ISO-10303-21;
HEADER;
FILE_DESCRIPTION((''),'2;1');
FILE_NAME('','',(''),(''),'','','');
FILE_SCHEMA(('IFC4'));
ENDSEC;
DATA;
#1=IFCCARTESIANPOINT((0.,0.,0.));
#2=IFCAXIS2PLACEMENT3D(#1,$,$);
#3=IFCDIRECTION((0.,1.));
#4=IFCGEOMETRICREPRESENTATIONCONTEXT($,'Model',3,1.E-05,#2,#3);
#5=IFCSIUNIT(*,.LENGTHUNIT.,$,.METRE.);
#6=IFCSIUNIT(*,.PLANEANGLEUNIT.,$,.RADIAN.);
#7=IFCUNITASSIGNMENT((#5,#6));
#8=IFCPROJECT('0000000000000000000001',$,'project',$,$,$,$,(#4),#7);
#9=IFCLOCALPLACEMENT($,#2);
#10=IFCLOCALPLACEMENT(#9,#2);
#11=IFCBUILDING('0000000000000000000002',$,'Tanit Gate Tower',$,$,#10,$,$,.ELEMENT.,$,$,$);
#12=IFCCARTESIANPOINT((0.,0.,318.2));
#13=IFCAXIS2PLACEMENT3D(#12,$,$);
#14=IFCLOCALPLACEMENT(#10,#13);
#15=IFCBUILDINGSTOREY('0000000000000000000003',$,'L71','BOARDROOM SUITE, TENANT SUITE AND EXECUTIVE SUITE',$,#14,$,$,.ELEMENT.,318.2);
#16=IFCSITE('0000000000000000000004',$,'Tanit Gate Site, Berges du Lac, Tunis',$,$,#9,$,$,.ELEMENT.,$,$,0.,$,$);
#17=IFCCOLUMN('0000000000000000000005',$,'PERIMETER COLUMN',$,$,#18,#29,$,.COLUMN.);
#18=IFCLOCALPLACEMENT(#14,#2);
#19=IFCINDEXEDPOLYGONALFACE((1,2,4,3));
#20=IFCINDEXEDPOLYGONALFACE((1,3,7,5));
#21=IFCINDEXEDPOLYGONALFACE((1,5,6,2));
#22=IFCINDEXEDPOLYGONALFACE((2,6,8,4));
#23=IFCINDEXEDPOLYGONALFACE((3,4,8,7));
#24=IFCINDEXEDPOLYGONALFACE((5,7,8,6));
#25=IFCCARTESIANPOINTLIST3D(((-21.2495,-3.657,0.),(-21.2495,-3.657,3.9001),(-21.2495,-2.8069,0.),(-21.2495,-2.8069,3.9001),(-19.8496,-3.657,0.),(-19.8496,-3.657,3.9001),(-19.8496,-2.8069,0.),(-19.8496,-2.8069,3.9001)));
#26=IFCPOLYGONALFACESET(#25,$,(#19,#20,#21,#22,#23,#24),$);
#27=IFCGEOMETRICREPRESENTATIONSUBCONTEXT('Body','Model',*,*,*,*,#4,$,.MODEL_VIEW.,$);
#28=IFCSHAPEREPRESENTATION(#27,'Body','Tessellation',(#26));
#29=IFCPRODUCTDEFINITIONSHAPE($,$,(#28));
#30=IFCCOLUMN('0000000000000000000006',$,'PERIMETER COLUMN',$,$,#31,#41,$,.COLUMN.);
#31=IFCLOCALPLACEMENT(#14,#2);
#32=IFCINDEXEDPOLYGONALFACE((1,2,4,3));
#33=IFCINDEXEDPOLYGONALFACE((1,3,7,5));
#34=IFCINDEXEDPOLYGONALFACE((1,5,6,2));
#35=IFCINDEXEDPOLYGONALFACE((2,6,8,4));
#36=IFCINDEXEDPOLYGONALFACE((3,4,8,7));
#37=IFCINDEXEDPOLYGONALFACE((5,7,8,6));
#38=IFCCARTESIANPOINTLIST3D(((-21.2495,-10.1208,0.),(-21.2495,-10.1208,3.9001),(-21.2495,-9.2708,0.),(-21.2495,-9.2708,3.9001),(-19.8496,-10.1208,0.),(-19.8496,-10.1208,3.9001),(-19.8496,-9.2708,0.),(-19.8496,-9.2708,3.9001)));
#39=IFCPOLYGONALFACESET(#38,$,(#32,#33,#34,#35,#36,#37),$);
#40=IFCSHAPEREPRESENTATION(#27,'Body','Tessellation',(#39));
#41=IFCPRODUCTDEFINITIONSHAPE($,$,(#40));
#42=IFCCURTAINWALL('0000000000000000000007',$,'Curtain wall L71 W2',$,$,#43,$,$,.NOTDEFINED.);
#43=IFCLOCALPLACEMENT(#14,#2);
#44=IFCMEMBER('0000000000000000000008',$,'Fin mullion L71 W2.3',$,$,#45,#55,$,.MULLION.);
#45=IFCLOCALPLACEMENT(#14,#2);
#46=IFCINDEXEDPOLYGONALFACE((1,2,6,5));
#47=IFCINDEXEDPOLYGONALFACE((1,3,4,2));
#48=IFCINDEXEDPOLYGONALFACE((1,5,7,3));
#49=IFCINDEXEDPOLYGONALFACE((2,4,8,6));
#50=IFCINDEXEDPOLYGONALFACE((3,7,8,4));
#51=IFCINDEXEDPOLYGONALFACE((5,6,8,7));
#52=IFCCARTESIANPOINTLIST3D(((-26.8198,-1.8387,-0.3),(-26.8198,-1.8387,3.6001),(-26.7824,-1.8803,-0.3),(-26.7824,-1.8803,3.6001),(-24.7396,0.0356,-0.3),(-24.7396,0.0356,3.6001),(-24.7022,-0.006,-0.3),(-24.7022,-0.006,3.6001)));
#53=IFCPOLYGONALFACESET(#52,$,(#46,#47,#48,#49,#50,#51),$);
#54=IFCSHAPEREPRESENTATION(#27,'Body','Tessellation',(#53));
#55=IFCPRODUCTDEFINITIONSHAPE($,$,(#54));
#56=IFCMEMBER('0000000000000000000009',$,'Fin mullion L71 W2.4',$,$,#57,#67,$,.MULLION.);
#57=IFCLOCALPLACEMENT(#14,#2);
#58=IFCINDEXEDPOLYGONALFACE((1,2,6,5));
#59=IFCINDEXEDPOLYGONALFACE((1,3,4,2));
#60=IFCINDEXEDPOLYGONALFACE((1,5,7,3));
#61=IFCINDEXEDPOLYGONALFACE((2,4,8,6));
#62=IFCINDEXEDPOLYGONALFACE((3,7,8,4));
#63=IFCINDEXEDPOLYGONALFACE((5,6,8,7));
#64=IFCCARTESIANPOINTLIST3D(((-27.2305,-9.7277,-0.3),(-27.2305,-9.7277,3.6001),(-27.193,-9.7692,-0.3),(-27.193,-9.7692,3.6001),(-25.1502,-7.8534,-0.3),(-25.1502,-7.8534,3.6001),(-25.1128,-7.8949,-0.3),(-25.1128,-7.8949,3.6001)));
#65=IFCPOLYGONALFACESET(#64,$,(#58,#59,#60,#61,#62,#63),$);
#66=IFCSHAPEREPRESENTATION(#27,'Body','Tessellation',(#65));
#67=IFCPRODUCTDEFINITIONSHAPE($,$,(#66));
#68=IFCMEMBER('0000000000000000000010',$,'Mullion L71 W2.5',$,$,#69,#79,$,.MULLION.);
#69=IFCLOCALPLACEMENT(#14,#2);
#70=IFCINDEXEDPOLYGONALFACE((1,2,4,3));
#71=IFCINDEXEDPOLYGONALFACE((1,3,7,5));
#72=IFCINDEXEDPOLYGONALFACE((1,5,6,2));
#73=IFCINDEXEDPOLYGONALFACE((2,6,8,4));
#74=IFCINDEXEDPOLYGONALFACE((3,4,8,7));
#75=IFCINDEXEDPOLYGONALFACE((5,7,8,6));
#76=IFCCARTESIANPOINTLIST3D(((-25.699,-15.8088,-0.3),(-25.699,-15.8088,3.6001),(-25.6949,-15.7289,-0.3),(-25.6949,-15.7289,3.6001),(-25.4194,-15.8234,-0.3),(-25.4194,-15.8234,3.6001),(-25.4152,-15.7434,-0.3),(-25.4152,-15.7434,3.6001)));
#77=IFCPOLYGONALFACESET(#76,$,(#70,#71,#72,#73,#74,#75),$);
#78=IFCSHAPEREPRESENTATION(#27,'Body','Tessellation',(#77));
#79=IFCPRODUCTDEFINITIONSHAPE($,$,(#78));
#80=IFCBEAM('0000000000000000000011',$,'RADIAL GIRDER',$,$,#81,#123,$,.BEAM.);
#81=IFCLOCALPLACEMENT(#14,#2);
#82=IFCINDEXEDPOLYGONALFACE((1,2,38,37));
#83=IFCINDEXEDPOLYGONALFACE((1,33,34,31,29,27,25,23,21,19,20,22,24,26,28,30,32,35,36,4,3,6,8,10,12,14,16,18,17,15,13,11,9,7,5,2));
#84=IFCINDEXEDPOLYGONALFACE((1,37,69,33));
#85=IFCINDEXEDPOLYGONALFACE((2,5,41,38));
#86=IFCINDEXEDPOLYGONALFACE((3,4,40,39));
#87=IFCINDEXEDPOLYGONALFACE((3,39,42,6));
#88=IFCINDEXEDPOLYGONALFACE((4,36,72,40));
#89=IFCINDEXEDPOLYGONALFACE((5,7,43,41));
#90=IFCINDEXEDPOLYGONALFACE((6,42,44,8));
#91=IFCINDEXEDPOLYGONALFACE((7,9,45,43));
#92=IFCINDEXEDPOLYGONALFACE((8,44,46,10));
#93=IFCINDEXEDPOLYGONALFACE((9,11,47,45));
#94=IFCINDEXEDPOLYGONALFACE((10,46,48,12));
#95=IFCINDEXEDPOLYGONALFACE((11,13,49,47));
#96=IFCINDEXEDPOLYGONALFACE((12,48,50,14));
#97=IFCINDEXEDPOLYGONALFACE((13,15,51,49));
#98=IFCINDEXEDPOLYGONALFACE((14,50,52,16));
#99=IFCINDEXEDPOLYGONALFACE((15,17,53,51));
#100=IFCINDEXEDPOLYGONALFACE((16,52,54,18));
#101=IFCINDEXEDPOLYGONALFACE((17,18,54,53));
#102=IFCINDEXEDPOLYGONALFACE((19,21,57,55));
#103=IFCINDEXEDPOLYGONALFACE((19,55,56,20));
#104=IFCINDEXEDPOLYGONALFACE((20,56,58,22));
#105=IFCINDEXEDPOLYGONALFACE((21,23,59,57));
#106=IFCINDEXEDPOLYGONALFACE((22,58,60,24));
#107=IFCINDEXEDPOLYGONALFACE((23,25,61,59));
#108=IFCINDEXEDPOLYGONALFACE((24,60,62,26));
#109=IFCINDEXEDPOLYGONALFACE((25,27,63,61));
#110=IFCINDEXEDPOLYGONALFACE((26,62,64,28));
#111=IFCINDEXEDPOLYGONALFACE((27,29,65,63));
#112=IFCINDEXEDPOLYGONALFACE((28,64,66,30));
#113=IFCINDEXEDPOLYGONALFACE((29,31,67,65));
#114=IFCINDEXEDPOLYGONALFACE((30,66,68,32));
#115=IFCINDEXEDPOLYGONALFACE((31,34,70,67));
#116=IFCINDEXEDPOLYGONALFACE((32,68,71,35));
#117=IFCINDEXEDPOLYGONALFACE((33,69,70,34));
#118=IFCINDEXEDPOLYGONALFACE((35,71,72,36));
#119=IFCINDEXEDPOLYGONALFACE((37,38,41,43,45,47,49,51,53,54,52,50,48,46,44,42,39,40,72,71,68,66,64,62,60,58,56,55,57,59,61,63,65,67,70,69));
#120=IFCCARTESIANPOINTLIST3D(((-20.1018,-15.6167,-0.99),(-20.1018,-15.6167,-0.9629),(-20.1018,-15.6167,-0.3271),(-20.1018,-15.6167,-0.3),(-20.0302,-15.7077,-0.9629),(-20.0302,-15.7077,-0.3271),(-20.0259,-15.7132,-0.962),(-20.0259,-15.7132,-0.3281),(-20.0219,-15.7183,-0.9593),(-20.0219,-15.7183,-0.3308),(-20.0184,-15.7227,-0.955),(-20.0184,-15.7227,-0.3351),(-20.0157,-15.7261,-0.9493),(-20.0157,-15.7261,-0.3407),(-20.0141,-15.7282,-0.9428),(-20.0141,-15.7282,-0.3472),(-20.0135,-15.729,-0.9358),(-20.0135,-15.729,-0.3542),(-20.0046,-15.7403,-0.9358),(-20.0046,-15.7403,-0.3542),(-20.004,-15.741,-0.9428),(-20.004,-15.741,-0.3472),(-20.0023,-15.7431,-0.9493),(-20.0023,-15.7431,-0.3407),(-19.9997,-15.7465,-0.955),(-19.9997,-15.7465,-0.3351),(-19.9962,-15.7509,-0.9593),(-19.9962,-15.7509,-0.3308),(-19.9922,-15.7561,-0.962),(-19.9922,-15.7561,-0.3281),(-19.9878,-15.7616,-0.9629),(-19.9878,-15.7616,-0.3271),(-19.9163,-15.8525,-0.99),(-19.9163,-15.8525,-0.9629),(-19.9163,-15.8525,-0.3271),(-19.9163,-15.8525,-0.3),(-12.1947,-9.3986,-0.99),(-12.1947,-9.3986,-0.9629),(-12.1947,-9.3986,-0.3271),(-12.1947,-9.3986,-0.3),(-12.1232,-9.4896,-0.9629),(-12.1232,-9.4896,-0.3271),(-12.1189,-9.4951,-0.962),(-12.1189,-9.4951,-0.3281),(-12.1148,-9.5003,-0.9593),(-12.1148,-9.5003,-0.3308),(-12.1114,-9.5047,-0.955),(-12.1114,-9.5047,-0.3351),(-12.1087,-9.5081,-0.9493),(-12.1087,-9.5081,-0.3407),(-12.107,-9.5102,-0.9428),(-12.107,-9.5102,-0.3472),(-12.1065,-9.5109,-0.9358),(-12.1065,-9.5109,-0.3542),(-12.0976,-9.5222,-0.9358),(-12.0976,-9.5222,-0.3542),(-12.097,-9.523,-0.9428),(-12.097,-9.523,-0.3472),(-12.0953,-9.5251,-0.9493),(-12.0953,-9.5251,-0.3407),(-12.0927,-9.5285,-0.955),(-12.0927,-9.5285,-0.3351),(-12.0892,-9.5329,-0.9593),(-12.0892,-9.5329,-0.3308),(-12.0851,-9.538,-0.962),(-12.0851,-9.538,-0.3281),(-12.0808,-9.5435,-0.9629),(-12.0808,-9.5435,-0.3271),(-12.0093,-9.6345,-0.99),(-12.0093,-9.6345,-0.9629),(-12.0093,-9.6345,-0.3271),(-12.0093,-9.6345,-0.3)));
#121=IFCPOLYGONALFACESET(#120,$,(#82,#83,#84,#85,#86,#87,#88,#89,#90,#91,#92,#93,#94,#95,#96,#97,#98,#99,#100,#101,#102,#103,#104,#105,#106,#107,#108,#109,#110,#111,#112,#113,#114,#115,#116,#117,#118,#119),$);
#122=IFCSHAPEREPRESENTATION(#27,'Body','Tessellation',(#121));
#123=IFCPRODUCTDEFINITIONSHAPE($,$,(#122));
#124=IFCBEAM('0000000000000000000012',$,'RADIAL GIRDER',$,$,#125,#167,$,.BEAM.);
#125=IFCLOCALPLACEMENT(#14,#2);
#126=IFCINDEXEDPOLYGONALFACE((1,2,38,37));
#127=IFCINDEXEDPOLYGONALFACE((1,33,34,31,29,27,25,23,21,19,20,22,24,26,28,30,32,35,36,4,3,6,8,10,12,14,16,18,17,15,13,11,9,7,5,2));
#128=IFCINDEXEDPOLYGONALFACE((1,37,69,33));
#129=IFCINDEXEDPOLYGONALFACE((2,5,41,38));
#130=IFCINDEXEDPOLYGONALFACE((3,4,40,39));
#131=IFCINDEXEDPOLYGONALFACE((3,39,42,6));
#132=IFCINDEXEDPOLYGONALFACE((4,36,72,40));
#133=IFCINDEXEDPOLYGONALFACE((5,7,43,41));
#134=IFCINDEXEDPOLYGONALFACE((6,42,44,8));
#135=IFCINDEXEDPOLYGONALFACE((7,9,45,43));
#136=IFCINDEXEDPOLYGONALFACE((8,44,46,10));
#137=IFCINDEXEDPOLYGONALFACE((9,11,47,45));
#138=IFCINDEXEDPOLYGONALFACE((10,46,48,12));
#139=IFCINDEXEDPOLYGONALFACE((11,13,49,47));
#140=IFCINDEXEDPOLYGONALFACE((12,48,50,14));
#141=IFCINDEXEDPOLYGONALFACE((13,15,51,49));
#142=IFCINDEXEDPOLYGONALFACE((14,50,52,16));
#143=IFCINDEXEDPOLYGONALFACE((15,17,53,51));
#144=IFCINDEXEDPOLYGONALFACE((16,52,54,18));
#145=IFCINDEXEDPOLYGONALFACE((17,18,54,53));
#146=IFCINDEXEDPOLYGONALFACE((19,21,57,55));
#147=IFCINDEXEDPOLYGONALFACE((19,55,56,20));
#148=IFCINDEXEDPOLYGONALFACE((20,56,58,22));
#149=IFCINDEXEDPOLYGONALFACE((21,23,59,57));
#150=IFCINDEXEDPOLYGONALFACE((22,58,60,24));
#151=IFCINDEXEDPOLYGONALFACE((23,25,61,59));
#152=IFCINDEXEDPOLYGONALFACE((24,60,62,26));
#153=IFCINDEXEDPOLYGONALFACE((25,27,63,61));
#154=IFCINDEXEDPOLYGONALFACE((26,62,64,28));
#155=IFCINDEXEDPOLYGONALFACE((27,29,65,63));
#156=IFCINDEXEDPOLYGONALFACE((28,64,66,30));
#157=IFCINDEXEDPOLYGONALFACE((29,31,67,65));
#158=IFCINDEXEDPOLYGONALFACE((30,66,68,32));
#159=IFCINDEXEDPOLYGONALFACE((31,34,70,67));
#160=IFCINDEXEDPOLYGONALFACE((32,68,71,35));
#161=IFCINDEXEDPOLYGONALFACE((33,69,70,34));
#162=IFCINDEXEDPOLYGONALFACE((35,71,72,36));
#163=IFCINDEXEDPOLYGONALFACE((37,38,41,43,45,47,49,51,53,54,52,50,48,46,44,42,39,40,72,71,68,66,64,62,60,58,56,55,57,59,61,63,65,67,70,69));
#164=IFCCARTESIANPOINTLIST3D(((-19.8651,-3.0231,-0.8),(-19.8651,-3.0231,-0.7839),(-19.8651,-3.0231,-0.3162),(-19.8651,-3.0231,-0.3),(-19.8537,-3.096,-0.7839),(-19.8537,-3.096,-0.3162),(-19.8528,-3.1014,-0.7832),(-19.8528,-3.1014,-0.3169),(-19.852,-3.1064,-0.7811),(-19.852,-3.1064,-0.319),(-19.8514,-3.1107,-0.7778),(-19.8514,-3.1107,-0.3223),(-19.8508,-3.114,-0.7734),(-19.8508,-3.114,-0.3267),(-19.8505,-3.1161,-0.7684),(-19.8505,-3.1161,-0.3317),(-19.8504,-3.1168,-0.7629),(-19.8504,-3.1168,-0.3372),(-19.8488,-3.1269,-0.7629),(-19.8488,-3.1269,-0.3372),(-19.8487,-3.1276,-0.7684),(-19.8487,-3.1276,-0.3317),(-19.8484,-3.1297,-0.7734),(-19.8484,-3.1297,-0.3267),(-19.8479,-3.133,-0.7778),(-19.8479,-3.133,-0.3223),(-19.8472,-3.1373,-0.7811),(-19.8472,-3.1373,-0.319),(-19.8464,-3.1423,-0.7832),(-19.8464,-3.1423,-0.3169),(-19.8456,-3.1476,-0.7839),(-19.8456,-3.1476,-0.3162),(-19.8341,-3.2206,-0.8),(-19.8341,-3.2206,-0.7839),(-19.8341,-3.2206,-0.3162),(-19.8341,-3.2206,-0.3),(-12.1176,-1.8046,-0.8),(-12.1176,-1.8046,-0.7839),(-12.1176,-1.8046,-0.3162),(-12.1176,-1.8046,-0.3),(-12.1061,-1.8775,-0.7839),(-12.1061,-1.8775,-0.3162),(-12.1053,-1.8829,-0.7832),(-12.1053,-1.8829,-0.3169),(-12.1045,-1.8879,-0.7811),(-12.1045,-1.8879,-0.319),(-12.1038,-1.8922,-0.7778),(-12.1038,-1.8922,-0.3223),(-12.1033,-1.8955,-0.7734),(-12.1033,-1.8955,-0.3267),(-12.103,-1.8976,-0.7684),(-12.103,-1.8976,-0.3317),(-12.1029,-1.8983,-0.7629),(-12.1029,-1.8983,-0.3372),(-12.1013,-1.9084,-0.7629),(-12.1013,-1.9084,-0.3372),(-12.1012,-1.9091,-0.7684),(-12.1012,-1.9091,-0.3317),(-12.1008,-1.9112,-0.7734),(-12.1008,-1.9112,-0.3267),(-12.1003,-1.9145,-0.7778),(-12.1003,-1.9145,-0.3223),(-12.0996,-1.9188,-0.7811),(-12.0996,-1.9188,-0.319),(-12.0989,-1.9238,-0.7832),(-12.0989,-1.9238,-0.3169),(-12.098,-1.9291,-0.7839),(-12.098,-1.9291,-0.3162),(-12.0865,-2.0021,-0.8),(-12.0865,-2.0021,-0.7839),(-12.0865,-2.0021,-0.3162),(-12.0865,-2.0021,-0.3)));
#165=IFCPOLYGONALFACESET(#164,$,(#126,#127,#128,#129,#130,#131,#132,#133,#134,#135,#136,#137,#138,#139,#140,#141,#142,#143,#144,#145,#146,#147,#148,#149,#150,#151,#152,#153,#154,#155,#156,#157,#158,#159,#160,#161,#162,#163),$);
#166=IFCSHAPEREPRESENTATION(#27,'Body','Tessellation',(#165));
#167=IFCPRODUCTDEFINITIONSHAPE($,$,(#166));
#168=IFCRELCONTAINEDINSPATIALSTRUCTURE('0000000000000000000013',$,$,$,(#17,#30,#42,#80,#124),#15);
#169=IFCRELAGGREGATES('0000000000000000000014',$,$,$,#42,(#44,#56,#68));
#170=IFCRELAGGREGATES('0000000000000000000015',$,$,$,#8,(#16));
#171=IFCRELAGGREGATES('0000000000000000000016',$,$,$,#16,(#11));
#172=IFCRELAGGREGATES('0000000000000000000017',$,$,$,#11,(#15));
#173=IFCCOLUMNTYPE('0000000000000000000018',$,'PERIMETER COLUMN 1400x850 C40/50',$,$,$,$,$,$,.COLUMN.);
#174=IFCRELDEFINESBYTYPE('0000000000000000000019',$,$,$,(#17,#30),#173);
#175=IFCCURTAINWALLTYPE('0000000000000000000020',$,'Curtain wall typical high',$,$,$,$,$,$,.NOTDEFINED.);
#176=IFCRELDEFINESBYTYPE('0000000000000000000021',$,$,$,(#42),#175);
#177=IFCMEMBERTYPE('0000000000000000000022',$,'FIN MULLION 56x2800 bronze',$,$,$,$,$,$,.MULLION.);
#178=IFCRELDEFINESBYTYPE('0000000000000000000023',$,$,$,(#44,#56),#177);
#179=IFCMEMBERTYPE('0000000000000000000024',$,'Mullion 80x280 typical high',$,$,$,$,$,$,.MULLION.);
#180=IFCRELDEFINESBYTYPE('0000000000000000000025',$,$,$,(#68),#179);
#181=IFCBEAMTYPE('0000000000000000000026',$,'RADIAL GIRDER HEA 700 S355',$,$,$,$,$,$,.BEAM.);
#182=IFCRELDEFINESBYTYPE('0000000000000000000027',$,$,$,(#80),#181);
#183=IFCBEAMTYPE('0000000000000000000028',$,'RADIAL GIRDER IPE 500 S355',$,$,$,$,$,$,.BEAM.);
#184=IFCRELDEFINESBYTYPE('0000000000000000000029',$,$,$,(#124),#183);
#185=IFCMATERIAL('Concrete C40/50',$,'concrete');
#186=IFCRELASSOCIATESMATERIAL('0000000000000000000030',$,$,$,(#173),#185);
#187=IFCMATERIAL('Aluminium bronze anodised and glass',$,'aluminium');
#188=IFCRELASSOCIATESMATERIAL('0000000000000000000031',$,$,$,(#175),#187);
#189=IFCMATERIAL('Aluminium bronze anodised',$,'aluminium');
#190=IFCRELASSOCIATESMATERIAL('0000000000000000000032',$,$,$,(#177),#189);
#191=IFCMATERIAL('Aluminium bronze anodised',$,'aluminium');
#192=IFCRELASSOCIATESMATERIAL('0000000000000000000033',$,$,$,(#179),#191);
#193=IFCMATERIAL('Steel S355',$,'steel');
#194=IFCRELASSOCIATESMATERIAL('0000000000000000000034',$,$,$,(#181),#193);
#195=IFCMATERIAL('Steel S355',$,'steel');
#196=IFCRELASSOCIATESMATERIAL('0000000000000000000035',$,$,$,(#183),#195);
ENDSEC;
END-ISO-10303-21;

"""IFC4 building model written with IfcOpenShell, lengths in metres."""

from ifc_helpers import new_model, si_unit, direction, frame, origin, origin_2d, place, context, subcontext, project, spatial, rectangle, i_section, extrude, material, material_profile, profile_set, type_object, element, aggregate, save


model = new_model("IFC4")

# Units and contexts
model_context = context("Model", 3, precision=1e-05, world=origin(), true_north=direction((0.0, 1.0)))
body_context = subcontext(model_context, "Body", "Model", "MODEL_VIEW")
ifc_project = project(units=[si_unit("LENGTHUNIT", "METRE"), si_unit("PLANEANGLEUNIT", "RADIAN")], contexts=[model_context])

# Site, building, storey
site_placement = place(None, origin())
site = spatial("IfcSite", under=ifc_project, at=site_placement, Name="Tanit Gate Site, Berges du Lac, Tunis", CompositionType="ELEMENT", RefElevation=0.0)
building_placement = place(site_placement, origin())
building = spatial("IfcBuilding", under=site, at=building_placement, Name="Tanit Gate Tower", CompositionType="ELEMENT")
storey_placement = place(building_placement, frame((0.0, 0.0, 318.2)))
storey = spatial("IfcBuildingStorey", under=building, at=storey_placement, Name="L71", Description="BOARDROOM SUITE, TENANT SUITE AND EXECUTIVE SUITE", CompositionType="ELEMENT", Elevation=318.2)

# Columns
ifc_material_1 = material(Name="Concrete C40/50", Category="concrete")
ifc_material_profile_1 = material_profile(ifc_material_1, rectangle(XDim=1.3999, YDim=0.8501, at=origin_2d()), Name="RC 1400x850")
ifc_profile_set_1 = profile_set([ifc_material_profile_1], Name="Concrete C40/50")
column_type = type_object("IfcColumnType", Name="PERIMETER COLUMN 1400x850 C40/50", PredefinedType="COLUMN", material=ifc_profile_set_1)
for number, where, z_axis, x_axis, name in (
    (1, (-20.5496, -3.2319, 0.0), (0.0, 0.0, 1.0), (-1.0, 0.0, 0.0), "PERIMETER COLUMN"),
    (2, (-20.5496, -9.6958, 0.0), (0.0, 0.0, 1.0), (-1.0, 0.0, 0.0), "PERIMETER COLUMN"),
):
    element("IfcColumn", number, at=place(storey_placement, frame(where, z_axis=z_axis, x_axis=x_axis)), inside=storey, type_object=column_type, Name=name, PredefinedType="COLUMN", context=body_context, shape_type="SweptSolid", body=[
        extrude(rectangle(XDim=1.3999, YDim=0.8501, at=origin_2d()), origin(), (0.0, 0.0, 1.0), 3.9001),
    ])

# Curtain wall, members
ifc_material_2 = material(Name="Aluminium bronze anodised and glass", Category="aluminium")
curtain_wall_type = type_object("IfcCurtainWallType", Name="Curtain wall typical high", PredefinedType="NOTDEFINED", material=ifc_material_2)
curtain_wall_1_placement = place(storey_placement, origin())
curtain_wall_1 = element("IfcCurtainWall", 3, at=curtain_wall_1_placement, inside=storey, type_object=curtain_wall_type, Name="Curtain wall L71 W2", PredefinedType="NOTDEFINED")
ifc_material_3 = material(Name="Aluminium bronze anodised", Category="aluminium")
ifc_material_profile_2 = material_profile(ifc_material_3, rectangle(XDim=2.8, YDim=0.0559, at=origin_2d()), Name="56x2800 bronze fin mullion")
ifc_profile_set_2 = profile_set([ifc_material_profile_2], Name="Aluminium bronze anodised")
member_type_1 = type_object("IfcMemberType", Name="FIN MULLION 56x2800 bronze", PredefinedType="MULLION", material=ifc_profile_set_2)
member_1_placement = place(storey_placement, frame((-25.761, -0.9224, -0.3), z_axis=(0.0, 0.0, 1.0), x_axis=(0.742922, 0.669378, 0.0)))
member_1 = element("IfcMember", 4, at=member_1_placement, type_object=member_type_1, Name="Fin mullion L71 W2.3", PredefinedType="MULLION", context=body_context, shape_type="SweptSolid", body=[
    extrude(rectangle(XDim=2.8, YDim=0.0559, at=origin_2d()), origin(), (0.0, 0.0, 1.0), 3.9001),
])
member_2_placement = place(storey_placement, frame((-26.1716, -8.8113, -0.3), z_axis=(0.0, 0.0, 1.0), x_axis=(0.742922, 0.669378, 0.0)))
member_2 = element("IfcMember", 5, at=member_2_placement, type_object=member_type_1, Name="Fin mullion L71 W2.4", PredefinedType="MULLION", context=body_context, shape_type="SweptSolid", body=[
    extrude(rectangle(XDim=2.8, YDim=0.0559, at=origin_2d()), origin(), (0.0, 0.0, 1.0), 3.9001),
])
ifc_material_4 = material(Name="Aluminium bronze anodised", Category="aluminium")
ifc_material_profile_3 = material_profile(ifc_material_4, rectangle(XDim=0.28, YDim=0.0801, at=origin_2d()), Name="80x280 bronze mullion")
ifc_profile_set_3 = profile_set([ifc_material_profile_3], Name="Aluminium bronze anodised")
member_type_2 = type_object("IfcMemberType", Name="Mullion 80x280 typical high", PredefinedType="MULLION", material=ifc_profile_set_3)
member_3_placement = place(storey_placement, frame((-25.5571, -15.7761, -0.3), z_axis=(0.0, 0.0, 1.0), x_axis=(0.998647, -0.052003, 0.0)))
member_3 = element("IfcMember", 6, at=member_3_placement, type_object=member_type_2, Name="Mullion L71 W2.5", PredefinedType="MULLION", context=body_context, shape_type="SweptSolid", body=[
    extrude(rectangle(XDim=0.28, YDim=0.0801, at=origin_2d()), origin(), (0.0, 0.0, 1.0), 3.9001),
])

# Beams
ifc_material_5 = material(Name="Steel S355", Category="steel")
ifc_material_profile_4 = material_profile(ifc_material_5, i_section(OverallWidth=0.3, OverallDepth=0.6899, WebThickness=0.0144, FlangeThickness=0.0271, FilletRadius=0.0271, at=origin_2d()), Name="HEA 700")
ifc_profile_set_4 = profile_set([ifc_material_profile_4], Name="Steel S355")
beam_type_1 = type_object("IfcBeamType", Name="RADIAL GIRDER HEA 700 S355", PredefinedType="BEAM", material=ifc_profile_set_4)
beam_1_placement = place(storey_placement, frame((-20.009, -15.7346, -0.645), z_axis=(0.786058, 0.618153, 0.0), x_axis=(-0.618153, 0.786058, 0.0)))
element("IfcBeam", 7, at=beam_1_placement, inside=storey, type_object=beam_type_1, Name="RADIAL GIRDER", PredefinedType="BEAM", context=body_context, shape_type="SweptSolid", body=[
    extrude(i_section(OverallWidth=0.3, OverallDepth=0.6899, WebThickness=0.0144, FlangeThickness=0.0271, FilletRadius=0.0271, at=origin_2d()), origin(), (0.0, 0.0, 1.0), 10.0591),
])
ifc_material_6 = material(Name="Steel S355", Category="steel")
ifc_material_profile_5 = material_profile(ifc_material_6, i_section(OverallWidth=0.2, OverallDepth=0.5, WebThickness=0.0103, FlangeThickness=0.0161, FilletRadius=0.021, at=origin_2d()), Name="IPE 500")
ifc_profile_set_5 = profile_set([ifc_material_profile_5], Name="Steel S355")
beam_type_2 = type_object("IfcBeamType", Name="RADIAL GIRDER IPE 500 S355", PredefinedType="BEAM", material=ifc_profile_set_5)
beam_2_placement = place(storey_placement, frame((-19.8496, -3.1218, -0.55), z_axis=(0.987857, 0.155366, 0.0), x_axis=(-0.155366, 0.987857, 0.0)))
element("IfcBeam", 8, at=beam_2_placement, inside=storey, type_object=beam_type_2, Name="RADIAL GIRDER", PredefinedType="BEAM", context=body_context, shape_type="SweptSolid", body=[
    extrude(i_section(OverallWidth=0.2, OverallDepth=0.5, WebThickness=0.0103, FlangeThickness=0.0161, FilletRadius=0.021, at=origin_2d()), origin(), (0.0, 0.0, 1.0), 7.8428),
])

aggregate(curtain_wall_1, [member_1, member_2, member_3])

save(model, "model.ifc")
